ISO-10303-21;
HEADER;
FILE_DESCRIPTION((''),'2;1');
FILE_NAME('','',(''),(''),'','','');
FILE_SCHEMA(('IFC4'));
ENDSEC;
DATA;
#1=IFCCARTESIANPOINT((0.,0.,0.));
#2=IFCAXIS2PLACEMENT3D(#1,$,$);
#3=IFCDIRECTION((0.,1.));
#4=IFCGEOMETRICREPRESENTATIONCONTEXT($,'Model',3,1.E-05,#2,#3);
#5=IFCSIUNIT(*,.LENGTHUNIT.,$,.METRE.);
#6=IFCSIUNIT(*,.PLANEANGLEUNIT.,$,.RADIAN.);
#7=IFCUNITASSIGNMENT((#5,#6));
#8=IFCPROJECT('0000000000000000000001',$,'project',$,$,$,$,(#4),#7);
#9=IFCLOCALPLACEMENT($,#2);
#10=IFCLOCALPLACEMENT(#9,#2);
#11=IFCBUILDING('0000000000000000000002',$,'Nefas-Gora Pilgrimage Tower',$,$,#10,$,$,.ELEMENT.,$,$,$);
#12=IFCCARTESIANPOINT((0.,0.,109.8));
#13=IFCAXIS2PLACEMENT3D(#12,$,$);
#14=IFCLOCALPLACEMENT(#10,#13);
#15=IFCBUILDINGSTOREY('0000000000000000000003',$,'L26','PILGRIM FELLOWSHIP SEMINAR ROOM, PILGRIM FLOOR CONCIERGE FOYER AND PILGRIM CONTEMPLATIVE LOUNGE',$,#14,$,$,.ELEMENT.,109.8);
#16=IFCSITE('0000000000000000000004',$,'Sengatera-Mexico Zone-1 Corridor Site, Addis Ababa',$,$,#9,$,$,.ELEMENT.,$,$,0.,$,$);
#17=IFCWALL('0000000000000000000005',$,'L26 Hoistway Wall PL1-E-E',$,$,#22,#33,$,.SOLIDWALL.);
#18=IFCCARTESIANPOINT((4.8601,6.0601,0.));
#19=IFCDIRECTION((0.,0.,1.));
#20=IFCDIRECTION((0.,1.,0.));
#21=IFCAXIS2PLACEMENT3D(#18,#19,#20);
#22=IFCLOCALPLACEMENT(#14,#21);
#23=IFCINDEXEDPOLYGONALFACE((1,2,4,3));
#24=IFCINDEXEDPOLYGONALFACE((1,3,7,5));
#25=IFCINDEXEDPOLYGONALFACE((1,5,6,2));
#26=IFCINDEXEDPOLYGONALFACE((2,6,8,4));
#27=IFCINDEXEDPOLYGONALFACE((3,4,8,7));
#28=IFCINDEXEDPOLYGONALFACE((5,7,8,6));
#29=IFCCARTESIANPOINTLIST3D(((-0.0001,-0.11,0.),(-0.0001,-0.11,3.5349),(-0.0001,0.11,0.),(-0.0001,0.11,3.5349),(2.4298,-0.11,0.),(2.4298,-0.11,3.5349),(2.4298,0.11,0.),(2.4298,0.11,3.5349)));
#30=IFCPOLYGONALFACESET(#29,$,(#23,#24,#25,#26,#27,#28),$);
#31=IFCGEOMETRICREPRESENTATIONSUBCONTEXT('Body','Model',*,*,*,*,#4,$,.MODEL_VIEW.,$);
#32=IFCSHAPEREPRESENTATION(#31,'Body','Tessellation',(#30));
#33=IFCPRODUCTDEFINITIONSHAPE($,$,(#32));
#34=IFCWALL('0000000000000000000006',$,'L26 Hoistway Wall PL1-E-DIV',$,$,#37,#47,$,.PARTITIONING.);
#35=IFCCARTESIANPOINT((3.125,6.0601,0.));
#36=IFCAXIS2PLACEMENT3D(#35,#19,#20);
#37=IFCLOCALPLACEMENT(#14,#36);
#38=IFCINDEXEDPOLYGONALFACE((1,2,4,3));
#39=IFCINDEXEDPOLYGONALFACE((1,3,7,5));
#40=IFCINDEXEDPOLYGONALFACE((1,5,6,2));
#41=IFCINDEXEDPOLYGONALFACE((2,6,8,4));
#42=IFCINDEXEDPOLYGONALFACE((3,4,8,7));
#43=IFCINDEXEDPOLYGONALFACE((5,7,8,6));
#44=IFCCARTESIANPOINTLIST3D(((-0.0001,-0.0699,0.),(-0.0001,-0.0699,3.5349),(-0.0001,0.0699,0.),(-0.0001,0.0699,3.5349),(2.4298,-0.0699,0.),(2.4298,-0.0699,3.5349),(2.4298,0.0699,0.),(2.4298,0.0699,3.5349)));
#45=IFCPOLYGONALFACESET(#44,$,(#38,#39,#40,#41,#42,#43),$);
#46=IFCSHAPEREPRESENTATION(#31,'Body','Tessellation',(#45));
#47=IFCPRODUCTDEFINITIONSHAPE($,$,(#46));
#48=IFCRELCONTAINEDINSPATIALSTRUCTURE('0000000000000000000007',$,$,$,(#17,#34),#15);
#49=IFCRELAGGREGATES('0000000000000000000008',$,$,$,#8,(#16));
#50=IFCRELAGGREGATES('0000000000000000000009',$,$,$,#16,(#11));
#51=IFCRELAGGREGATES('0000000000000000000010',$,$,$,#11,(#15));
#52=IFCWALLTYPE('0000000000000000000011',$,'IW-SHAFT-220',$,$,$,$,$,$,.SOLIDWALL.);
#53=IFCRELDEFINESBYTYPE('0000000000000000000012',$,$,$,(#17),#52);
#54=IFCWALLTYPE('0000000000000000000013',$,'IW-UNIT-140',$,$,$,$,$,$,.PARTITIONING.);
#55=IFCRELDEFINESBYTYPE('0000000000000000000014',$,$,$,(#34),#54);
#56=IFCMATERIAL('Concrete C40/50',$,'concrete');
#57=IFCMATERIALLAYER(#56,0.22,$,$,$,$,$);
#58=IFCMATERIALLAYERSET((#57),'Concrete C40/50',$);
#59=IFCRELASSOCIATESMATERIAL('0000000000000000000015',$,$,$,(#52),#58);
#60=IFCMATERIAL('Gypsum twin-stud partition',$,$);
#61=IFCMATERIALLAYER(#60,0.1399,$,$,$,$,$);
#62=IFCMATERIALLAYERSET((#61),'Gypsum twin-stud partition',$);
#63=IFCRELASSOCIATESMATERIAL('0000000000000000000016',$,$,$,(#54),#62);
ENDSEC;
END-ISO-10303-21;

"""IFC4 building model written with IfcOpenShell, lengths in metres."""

from ifc_helpers import new_model, si_unit, direction, frame, frame_2d, origin, place, context, subcontext, project, spatial, rectangle, extrude, source, transform, mapped, material, layer, layer_set, type_object, element, save


model = new_model("IFC4")

# Units and contexts
model_context = context("Model", 3, precision=1e-05, world=origin(), true_north=direction((0.0, 1.0)))
body_context = subcontext(model_context, "Body", "Model", "MODEL_VIEW")
ifc_project = project(units=[si_unit("LENGTHUNIT", "METRE"), si_unit("PLANEANGLEUNIT", "RADIAN")], contexts=[model_context])

# Site, building, storey
site_placement = place(None, origin())
site = spatial("IfcSite", under=ifc_project, at=site_placement, Name="Sengatera-Mexico Zone-1 Corridor Site, Addis Ababa", CompositionType="ELEMENT", RefElevation=0.0)
building_placement = place(site_placement, origin())
building = spatial("IfcBuilding", under=site, at=building_placement, Name="Nefas-Gora Pilgrimage Tower", CompositionType="ELEMENT")
storey_placement = place(building_placement, frame((0.0, 0.0, 109.8)))
storey = spatial("IfcBuildingStorey", under=building, at=storey_placement, Name="L26", Description="PILGRIM FELLOWSHIP SEMINAR ROOM, PILGRIM FLOOR CONCIERGE FOYER AND PILGRIM CONTEMPLATIVE LOUNGE", CompositionType="ELEMENT", Elevation=109.8)

# Shared definitions
ifc_material_1 = material(Name="Concrete C40/50", Category="concrete")
ifc_layer_1 = layer(ifc_material_1, 0.22)
ifc_layer_set_1 = layer_set([ifc_layer_1], Name="Concrete C40/50")
wall_type_1 = type_object("IfcWallType", Name="IW-SHAFT-220", PredefinedType="SOLIDWALL", material=ifc_layer_set_1)

# Walls
shared_shape_1 = source(origin(), body_context, "Body", "SweptSolid", [
    extrude(rectangle(XDim=2.4299, YDim=0.22, at=frame_2d((1.2148, 0.0))), origin(), (0.0, 0.0, 1.0), 3.5349),
])
for number, where, z_axis, x_axis, name in (
    (1, (4.8601, 6.0601, 0.0), (0.0, 0.0, 1.0), (0.0, 1.0, 0.0), "L26 Hoistway Wall PL1-E-E"),
):
    element("IfcWall", number, at=place(storey_placement, frame(where, z_axis=z_axis, x_axis=x_axis)), inside=storey, type_object=wall_type_1, Name=name, PredefinedType="SOLIDWALL", context=body_context, shape_type="MappedRepresentation", body=[
        mapped(shared_shape_1, transform((0.0, 0.0, 0.0), x_axis=(1.0, 0.0, 0.0), y_axis=(0.0, 1.0, 0.0), z_axis=(0.0, 0.0, 1.0), scale=1.0)),
    ])
ifc_material_2 = material(Name="Gypsum twin-stud partition")
ifc_layer_2 = layer(ifc_material_2, 0.1399)
ifc_layer_set_2 = layer_set([ifc_layer_2], Name="Gypsum twin-stud partition")
wall_type_2 = type_object("IfcWallType", Name="IW-UNIT-140", PredefinedType="PARTITIONING", material=ifc_layer_set_2)
shared_shape_2 = source(origin(), body_context, "Body", "SweptSolid", [
    extrude(rectangle(XDim=2.4299, YDim=0.1399, at=frame_2d((1.2148, 0.0))), origin(), (0.0, 0.0, 1.0), 3.5349),
])
wall_1_placement = place(storey_placement, frame((3.125, 6.0601, 0.0), z_axis=(0.0, 0.0, 1.0), x_axis=(0.0, 1.0, 0.0)))
element("IfcWall", 2, at=wall_1_placement, inside=storey, type_object=wall_type_2, Name="L26 Hoistway Wall PL1-E-DIV", PredefinedType="PARTITIONING", context=body_context, shape_type="MappedRepresentation", body=[
    mapped(shared_shape_2, transform((0.0, 0.0, 0.0), x_axis=(1.0, 0.0, 0.0), y_axis=(0.0, 1.0, 0.0), z_axis=(0.0, 0.0, 1.0), scale=1.0)),
])

save(model, "model.ifc")
